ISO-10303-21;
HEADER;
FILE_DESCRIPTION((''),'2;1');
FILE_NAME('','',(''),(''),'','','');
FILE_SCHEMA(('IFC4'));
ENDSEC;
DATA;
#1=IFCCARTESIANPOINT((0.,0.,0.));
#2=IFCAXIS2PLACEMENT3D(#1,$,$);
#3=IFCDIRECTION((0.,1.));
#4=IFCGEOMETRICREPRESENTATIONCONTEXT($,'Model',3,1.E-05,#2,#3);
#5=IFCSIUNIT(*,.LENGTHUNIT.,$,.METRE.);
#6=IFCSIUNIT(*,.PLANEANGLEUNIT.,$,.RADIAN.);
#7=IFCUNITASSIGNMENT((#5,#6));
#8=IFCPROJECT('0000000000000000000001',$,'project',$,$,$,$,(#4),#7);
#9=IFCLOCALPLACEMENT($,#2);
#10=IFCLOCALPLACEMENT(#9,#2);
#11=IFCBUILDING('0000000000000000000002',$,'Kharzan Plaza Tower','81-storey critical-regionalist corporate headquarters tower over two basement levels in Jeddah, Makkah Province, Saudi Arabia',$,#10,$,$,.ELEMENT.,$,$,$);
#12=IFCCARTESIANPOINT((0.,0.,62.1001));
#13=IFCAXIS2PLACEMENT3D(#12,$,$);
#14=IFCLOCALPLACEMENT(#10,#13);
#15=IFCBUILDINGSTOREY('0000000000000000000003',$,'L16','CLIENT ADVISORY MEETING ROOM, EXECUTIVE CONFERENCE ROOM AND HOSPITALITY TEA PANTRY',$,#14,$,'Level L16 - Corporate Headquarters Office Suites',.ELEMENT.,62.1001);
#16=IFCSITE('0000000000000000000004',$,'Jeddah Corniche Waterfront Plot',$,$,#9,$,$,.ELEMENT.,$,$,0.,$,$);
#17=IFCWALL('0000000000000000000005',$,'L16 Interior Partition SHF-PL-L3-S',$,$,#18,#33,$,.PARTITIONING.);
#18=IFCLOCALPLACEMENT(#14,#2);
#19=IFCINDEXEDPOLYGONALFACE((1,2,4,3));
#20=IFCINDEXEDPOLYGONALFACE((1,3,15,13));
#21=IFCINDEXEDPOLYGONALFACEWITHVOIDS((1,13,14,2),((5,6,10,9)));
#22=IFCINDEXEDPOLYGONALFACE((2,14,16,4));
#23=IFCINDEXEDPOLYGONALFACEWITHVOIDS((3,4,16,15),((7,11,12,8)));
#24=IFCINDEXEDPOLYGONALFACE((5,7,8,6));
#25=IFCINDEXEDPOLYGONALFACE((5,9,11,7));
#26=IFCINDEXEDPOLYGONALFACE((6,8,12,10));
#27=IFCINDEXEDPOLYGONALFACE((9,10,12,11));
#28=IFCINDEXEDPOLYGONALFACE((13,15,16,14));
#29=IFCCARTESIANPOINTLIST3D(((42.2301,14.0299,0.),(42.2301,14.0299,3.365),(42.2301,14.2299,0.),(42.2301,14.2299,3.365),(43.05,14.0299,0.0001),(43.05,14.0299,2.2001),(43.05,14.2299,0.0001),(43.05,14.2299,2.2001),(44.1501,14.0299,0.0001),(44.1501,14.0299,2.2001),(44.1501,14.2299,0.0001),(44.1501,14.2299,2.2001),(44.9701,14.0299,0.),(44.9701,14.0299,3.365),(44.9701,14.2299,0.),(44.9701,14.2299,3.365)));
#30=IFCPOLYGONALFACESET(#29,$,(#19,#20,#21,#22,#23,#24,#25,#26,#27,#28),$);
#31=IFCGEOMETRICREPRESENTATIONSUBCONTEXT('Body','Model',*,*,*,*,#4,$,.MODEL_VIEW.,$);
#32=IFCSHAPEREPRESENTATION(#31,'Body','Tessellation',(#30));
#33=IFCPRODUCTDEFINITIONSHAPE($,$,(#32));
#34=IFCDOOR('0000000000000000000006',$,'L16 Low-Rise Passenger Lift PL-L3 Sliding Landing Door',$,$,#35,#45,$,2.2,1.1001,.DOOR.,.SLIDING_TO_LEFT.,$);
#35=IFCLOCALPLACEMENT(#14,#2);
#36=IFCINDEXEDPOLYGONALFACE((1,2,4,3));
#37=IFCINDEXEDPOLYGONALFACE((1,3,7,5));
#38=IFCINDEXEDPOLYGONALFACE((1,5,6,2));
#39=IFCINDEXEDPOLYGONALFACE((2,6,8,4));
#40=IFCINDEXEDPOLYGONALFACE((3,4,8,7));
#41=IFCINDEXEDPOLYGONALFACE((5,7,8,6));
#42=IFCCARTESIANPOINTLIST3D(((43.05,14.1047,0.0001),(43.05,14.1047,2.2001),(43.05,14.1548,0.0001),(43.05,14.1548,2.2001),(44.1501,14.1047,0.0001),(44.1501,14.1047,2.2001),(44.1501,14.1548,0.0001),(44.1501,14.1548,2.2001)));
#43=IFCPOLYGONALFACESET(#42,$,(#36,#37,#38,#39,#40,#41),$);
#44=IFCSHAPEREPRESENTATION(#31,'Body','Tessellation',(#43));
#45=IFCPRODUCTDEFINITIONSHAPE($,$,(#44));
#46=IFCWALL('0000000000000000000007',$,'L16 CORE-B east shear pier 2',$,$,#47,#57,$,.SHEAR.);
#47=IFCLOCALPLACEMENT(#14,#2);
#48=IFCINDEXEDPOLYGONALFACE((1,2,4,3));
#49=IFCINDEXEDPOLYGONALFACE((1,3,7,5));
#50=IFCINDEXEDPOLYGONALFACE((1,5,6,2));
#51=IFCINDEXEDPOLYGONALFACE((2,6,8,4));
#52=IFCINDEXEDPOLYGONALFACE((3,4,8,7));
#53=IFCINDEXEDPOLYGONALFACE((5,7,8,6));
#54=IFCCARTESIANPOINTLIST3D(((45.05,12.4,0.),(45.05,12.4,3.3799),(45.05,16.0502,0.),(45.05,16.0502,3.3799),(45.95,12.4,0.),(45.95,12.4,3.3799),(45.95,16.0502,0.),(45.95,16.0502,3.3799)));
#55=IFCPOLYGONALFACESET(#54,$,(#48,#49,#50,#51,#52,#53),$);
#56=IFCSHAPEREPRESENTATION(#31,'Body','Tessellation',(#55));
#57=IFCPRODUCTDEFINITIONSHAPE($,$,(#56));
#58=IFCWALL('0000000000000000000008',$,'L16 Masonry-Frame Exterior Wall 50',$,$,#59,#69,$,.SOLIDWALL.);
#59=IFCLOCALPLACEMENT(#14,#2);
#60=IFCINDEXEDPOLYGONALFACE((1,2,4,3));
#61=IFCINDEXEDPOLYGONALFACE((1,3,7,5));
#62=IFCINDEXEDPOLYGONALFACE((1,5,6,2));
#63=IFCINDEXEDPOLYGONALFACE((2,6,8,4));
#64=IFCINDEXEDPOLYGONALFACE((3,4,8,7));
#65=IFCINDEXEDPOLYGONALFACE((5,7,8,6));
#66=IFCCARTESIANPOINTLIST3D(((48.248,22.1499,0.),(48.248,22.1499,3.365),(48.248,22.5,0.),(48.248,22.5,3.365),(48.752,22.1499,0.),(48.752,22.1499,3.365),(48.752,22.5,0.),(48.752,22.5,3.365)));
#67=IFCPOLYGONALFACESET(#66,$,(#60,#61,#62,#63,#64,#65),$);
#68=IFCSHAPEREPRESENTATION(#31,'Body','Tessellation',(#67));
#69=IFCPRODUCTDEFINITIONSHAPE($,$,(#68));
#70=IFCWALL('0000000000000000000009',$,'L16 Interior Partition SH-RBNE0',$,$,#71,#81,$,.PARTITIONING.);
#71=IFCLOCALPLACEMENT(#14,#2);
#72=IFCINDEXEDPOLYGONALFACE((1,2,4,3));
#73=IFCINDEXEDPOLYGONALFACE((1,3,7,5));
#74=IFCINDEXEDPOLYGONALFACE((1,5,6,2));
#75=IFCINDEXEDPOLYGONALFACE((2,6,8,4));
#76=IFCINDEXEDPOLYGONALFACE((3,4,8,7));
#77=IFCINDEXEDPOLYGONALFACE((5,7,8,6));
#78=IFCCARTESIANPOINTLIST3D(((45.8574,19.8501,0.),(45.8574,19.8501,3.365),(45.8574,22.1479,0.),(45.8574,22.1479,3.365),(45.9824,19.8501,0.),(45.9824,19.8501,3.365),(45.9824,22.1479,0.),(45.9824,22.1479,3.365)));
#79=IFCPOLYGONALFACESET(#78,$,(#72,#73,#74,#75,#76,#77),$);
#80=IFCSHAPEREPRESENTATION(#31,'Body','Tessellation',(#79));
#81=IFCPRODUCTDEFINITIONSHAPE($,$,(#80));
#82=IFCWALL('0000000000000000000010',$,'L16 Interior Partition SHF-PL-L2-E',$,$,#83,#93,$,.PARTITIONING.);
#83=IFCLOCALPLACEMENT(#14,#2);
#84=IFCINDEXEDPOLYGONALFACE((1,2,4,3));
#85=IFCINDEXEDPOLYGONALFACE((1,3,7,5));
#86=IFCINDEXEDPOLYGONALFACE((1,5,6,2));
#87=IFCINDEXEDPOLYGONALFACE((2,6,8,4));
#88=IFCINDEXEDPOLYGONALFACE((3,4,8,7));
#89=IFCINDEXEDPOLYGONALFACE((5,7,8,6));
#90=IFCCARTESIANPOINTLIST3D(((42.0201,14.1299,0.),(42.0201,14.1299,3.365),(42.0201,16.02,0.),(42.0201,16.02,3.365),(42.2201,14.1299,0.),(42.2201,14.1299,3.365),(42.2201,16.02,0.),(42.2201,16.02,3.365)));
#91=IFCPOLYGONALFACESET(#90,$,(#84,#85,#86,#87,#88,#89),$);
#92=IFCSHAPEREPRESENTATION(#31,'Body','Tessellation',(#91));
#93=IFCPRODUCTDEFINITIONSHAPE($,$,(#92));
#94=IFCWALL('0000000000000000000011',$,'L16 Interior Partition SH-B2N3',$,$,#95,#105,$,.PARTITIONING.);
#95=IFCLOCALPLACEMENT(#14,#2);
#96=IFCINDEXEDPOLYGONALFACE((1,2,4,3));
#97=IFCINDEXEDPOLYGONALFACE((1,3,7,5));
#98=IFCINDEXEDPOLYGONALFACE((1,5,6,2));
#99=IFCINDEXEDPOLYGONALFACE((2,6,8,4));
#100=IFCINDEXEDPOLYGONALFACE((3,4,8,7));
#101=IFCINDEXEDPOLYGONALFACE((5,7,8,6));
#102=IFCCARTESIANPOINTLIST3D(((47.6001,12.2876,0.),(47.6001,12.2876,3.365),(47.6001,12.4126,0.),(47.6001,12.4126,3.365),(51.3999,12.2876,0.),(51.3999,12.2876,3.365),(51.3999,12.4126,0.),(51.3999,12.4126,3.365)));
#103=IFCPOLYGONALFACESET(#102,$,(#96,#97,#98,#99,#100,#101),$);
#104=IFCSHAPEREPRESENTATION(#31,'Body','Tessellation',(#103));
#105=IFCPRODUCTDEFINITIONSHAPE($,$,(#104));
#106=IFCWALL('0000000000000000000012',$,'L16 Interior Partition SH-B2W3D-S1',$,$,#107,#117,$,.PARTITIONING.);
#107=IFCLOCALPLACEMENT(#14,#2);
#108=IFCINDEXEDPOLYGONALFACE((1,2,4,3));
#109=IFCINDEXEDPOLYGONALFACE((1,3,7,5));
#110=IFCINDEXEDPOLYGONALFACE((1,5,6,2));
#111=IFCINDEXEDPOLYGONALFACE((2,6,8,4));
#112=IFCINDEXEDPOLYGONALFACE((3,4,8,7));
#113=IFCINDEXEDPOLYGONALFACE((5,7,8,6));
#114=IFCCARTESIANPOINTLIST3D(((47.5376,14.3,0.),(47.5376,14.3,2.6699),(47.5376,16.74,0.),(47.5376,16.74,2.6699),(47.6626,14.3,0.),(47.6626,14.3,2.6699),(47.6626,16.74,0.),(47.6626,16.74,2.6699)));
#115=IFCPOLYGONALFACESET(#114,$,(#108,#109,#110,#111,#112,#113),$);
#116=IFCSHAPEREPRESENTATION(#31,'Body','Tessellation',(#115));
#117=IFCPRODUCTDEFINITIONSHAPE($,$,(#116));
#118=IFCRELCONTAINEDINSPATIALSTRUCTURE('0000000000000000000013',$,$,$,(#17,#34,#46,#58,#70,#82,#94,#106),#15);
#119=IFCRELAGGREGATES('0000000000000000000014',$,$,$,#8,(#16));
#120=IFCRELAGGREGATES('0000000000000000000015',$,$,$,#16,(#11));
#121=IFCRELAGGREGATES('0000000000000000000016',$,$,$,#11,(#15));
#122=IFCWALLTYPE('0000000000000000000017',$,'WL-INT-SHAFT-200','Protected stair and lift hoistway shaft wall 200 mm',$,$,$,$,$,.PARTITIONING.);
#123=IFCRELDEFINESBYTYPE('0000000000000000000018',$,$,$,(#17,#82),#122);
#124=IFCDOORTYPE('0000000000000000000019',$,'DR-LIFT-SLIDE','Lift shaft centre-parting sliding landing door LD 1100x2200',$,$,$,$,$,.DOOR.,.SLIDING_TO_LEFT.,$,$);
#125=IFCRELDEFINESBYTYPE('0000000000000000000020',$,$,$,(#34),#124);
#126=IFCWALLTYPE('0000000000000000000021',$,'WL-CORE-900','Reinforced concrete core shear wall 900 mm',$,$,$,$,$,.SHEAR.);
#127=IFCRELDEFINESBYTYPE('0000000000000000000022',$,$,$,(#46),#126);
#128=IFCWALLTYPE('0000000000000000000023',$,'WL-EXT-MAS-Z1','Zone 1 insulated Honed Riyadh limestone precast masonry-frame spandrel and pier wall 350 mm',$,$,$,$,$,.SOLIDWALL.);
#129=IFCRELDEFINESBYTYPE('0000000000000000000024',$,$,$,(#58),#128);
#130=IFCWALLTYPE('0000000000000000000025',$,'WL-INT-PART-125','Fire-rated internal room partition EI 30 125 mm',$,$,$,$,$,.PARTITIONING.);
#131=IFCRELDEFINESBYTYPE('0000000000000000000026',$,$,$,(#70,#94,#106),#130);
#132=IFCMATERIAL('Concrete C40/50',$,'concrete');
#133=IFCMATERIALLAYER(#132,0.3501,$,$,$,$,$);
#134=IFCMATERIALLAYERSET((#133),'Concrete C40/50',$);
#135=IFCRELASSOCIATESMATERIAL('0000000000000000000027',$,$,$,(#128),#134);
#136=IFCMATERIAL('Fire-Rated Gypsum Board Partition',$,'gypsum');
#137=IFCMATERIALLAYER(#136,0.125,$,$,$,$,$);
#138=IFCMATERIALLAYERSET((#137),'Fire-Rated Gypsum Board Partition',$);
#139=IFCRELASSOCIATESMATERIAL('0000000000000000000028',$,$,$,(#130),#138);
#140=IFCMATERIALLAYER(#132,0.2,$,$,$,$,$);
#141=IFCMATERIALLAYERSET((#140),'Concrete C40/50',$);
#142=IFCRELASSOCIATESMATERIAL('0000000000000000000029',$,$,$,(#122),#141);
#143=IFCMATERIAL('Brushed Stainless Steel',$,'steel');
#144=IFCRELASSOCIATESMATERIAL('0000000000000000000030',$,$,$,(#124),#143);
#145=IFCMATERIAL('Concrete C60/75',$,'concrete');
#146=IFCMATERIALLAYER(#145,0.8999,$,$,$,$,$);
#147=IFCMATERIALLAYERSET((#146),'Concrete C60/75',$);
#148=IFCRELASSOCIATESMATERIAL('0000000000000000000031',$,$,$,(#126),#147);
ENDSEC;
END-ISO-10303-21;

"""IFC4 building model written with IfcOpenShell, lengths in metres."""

from ifc_helpers import new_model, si_unit, direction, frame, frame_2d, origin, place, context, subcontext, project, spatial, rectangle, extrude, source, transform, mapped, material, layer, layer_set, type_object, element, fill, save


model = new_model("IFC4")

# Units and contexts
model_context = context("Model", 3, precision=1e-05, world=origin(), true_north=direction((0.0, 1.0)))
body_context = subcontext(model_context, "Body", "Model", "MODEL_VIEW")
ifc_project = project(units=[si_unit("LENGTHUNIT", "METRE"), si_unit("PLANEANGLEUNIT", "RADIAN")], contexts=[model_context])

# Site, building, storey
site_placement = place(None, origin())
site = spatial("IfcSite", under=ifc_project, at=site_placement, Name="Jeddah Corniche Waterfront Plot", CompositionType="ELEMENT", RefElevation=0.0)
building_placement = place(site_placement, origin())
building = spatial("IfcBuilding", under=site, at=building_placement, Name="Kharzan Plaza Tower", Description="81-storey critical-regionalist corporate headquarters tower over two basement levels in Jeddah, Makkah Province, Saudi Arabia", CompositionType="ELEMENT")
storey_placement = place(building_placement, frame((0.0, 0.0, 62.1001)))
storey = spatial("IfcBuildingStorey", under=building, at=storey_placement, Name="L16", Description="CLIENT ADVISORY MEETING ROOM, EXECUTIVE CONFERENCE ROOM AND HOSPITALITY TEA PANTRY", LongName="Level L16 - Corporate Headquarters Office Suites", CompositionType="ELEMENT", Elevation=62.1001)

# Shared definitions
ifc_material_1 = material(Name="Concrete C60/75", Category="concrete")

# Shared definitions
ifc_material_2 = material(Name="Concrete C40/50", Category="concrete")
ifc_layer_1 = layer(ifc_material_2, 0.3501)
ifc_layer_set_1 = layer_set([ifc_layer_1], Name="Concrete C40/50")
wall_type_1 = type_object("IfcWallType", Name="WL-EXT-MAS-Z1", Description="Zone 1 insulated Honed Riyadh limestone precast masonry-frame spandrel and pier wall 350 mm", PredefinedType="SOLIDWALL", material=ifc_layer_set_1)

# Wall, opening, door
ifc_material_3 = material(Name="Fire-Rated Gypsum Board Partition", Category="gypsum")
ifc_layer_2 = layer(ifc_material_3, 0.125)
ifc_layer_set_2 = layer_set([ifc_layer_2], Name="Fire-Rated Gypsum Board Partition")
wall_type_2 = type_object("IfcWallType", Name="WL-INT-PART-125", Description="Fire-rated internal room partition EI 30 125 mm", PredefinedType="PARTITIONING", material=ifc_layer_set_2)
ifc_layer_3 = layer(ifc_material_2, 0.2)
ifc_layer_set_3 = layer_set([ifc_layer_3], Name="Concrete C40/50")
wall_type_3 = type_object("IfcWallType", Name="WL-INT-SHAFT-200", Description="Protected stair and lift hoistway shaft wall 200 mm", PredefinedType="PARTITIONING", material=ifc_layer_set_3)
wall_1_placement = place(storey_placement, frame((42.23, 14.1299, 0.0), z_axis=(0.0, 0.0, 1.0), x_axis=(1.0, 0.0, 0.0)))
wall_1 = element("IfcWall", 1, at=wall_1_placement, inside=storey, type_object=wall_type_3, Name="L16 Interior Partition SHF-PL-L3-S", PredefinedType="PARTITIONING", context=body_context, shape_type="SweptSolid", body=[
    extrude(rectangle(XDim=2.74, YDim=0.2, at=frame_2d((1.3701, 0.0))), origin(), (0.0, 0.0, 1.0), 3.365),
])
opening_1_placement = place(wall_1_placement, frame((0.8201, 0.0, 0.0)))
opening_1 = element("IfcOpeningElement", 2, at=opening_1_placement, cuts=wall_1, PredefinedType="OPENING", context=body_context, shape_type="SweptSolid", body=[
    extrude(rectangle(XDim=1.1001, YDim=2.2, at=frame_2d((0.55, 1.1001))), frame((0.0, 0.1099, 0.0), z_axis=(0.0, -1.0, 0.0), x_axis=(1.0, 0.0, 0.0)), (0.0, 0.0, 1.0), 0.22),
])
ifc_material_4 = material(Name="Brushed Stainless Steel", Category="steel")
door_type_1 = type_object("IfcDoorType", Name="DR-LIFT-SLIDE", Description="Lift shaft centre-parting sliding landing door LD 1100x2200", OperationType="SLIDING_TO_LEFT", PredefinedType="DOOR", material=ifc_material_4)
shared_shape_1 = source(origin(), body_context, "Body", "SweptSolid", [
    extrude(rectangle(XDim=1.1001, YDim=2.2, at=frame_2d((0.55, 1.1001))), frame((0.0, 0.0249, 0.0), z_axis=(0.0, -1.0, 0.0), x_axis=(1.0, 0.0, 0.0)), (0.0, 0.0, 1.0), 0.05),
])
door_1_placement = place(opening_1_placement, origin())
door_1 = element("IfcDoor", 3, at=door_1_placement, inside=storey, type_object=door_type_1, Name="L16 Low-Rise Passenger Lift PL-L3 Sliding Landing Door", OperationType="SLIDING_TO_LEFT", OverallHeight=2.2, OverallWidth=1.1001, PredefinedType="DOOR", context=body_context, shape_type="MappedRepresentation", body=[
    mapped(shared_shape_1, transform((0.0, 0.0, 0.0), x_axis=(1.0, 0.0, 0.0), y_axis=(0.0, 1.0, 0.0), z_axis=(0.0, 0.0, 1.0))),
])
fill(opening_1, door_1)

# Walls
ifc_layer_4 = layer(ifc_material_1, 0.8999)
ifc_layer_set_4 = layer_set([ifc_layer_4], Name="Concrete C60/75")
wall_type_4 = type_object("IfcWallType", Name="WL-CORE-900", Description="Reinforced concrete core shear wall 900 mm", PredefinedType="SHEAR", material=ifc_layer_set_4)
shared_shape_2 = source(origin(), body_context, "Body", "SweptSolid", [
    extrude(rectangle(XDim=3.6501, YDim=0.8999, at=frame_2d((1.8252, 0.0))), origin(), (0.0, 0.0, 1.0), 3.3799),
])
wall_2_placement = place(storey_placement, frame((45.5, 12.3999, 0.0), z_axis=(0.0, 0.0, 1.0), x_axis=(0.0, 1.0, 0.0)))
element("IfcWall", 4, at=wall_2_placement, inside=storey, type_object=wall_type_4, Name="L16 CORE-B east shear pier 2", PredefinedType="SHEAR", context=body_context, shape_type="MappedRepresentation", body=[
    mapped(shared_shape_2, transform((0.0, 0.0, 0.0), x_axis=(1.0, 0.0, 0.0), y_axis=(0.0, 1.0, 0.0), z_axis=(0.0, 0.0, 1.0))),
])
shared_shape_3 = source(origin(), body_context, "Body", "SweptSolid", [
    extrude(rectangle(XDim=0.5039, YDim=0.3501, at=frame_2d((0.252, 0.0))), origin(), (0.0, 0.0, 1.0), 3.365),
])
wall_3_placement = place(storey_placement, frame((48.752, 22.325, 0.0), z_axis=(0.0, 0.0, 1.0), x_axis=(-1.0, 0.0, 0.0)))
element("IfcWall", 5, at=wall_3_placement, inside=storey, type_object=wall_type_1, Name="L16 Masonry-Frame Exterior Wall 50", PredefinedType="SOLIDWALL", context=body_context, shape_type="MappedRepresentation", body=[
    mapped(shared_shape_3, transform((0.0, 0.0, 0.0), x_axis=(1.0, 0.0, 0.0), y_axis=(0.0, 1.0, 0.0), z_axis=(0.0, 0.0, 1.0))),
])
shared_shape_4 = source(origin(), body_context, "Body", "SweptSolid", [
    extrude(rectangle(XDim=2.2979, YDim=0.125, at=frame_2d((1.1489, 0.0))), origin(), (0.0, 0.0, 1.0), 3.365),
])
wall_4_placement = place(storey_placement, frame((45.9199, 19.8501, 0.0), z_axis=(0.0, 0.0, 1.0), x_axis=(0.0, 1.0, 0.0)))
element("IfcWall", 6, at=wall_4_placement, inside=storey, type_object=wall_type_2, Name="L16 Interior Partition SH-RBNE0", PredefinedType="PARTITIONING", context=body_context, shape_type="MappedRepresentation", body=[
    mapped(shared_shape_4, transform((0.0, 0.0, 0.0), x_axis=(1.0, 0.0, 0.0), y_axis=(0.0, 1.0, 0.0), z_axis=(0.0, 0.0, 1.0))),
])
shared_shape_5 = source(origin(), body_context, "Body", "SweptSolid", [
    extrude(rectangle(XDim=1.8901, YDim=0.2, at=frame_2d((0.9451, 0.0))), origin(), (0.0, 0.0, 1.0), 3.365),
])
wall_5_placement = place(storey_placement, frame((42.1201, 14.1299, 0.0), z_axis=(0.0, 0.0, 1.0), x_axis=(0.0, 1.0, 0.0)))
element("IfcWall", 7, at=wall_5_placement, inside=storey, type_object=wall_type_3, Name="L16 Interior Partition SHF-PL-L2-E", PredefinedType="PARTITIONING", context=body_context, shape_type="MappedRepresentation", body=[
    mapped(shared_shape_5, transform((0.0, 0.0, 0.0), x_axis=(1.0, 0.0, 0.0), y_axis=(0.0, 1.0, 0.0), z_axis=(0.0, 0.0, 1.0))),
])
shared_shape_6 = source(origin(), body_context, "Body", "SweptSolid", [
    extrude(rectangle(XDim=3.7998, YDim=0.125, at=frame_2d((1.8999, 0.0))), origin(), (0.0, 0.0, 1.0), 3.365),
])
wall_6_placement = place(storey_placement, frame((47.6001, 12.3501, 0.0), z_axis=(0.0, 0.0, 1.0), x_axis=(1.0, 0.0, 0.0)))
element("IfcWall", 8, at=wall_6_placement, inside=storey, type_object=wall_type_2, Name="L16 Interior Partition SH-B2N3", PredefinedType="PARTITIONING", context=body_context, shape_type="MappedRepresentation", body=[
    mapped(shared_shape_6, transform((0.0, 0.0, 0.0), x_axis=(1.0, 0.0, 0.0), y_axis=(0.0, 1.0, 0.0), z_axis=(0.0, 0.0, 1.0))),
])
shared_shape_7 = source(origin(), body_context, "Body", "SweptSolid", [
    extrude(rectangle(XDim=2.4399, YDim=0.125, at=frame_2d((1.22, 0.0))), origin(), (0.0, 0.0, 1.0), 2.6699),
])
wall_7_placement = place(storey_placement, frame((47.6001, 14.3, 0.0), z_axis=(0.0, 0.0, 1.0), x_axis=(0.0, 1.0, 0.0)))
element("IfcWall", 9, at=wall_7_placement, inside=storey, type_object=wall_type_2, Name="L16 Interior Partition SH-B2W3D-S1", PredefinedType="PARTITIONING", context=body_context, shape_type="MappedRepresentation", body=[
    mapped(shared_shape_7, transform((0.0, 0.0, 0.0), x_axis=(1.0, 0.0, 0.0), y_axis=(0.0, 1.0, 0.0), z_axis=(0.0, 0.0, 1.0))),
])

save(model, "model.ifc")
